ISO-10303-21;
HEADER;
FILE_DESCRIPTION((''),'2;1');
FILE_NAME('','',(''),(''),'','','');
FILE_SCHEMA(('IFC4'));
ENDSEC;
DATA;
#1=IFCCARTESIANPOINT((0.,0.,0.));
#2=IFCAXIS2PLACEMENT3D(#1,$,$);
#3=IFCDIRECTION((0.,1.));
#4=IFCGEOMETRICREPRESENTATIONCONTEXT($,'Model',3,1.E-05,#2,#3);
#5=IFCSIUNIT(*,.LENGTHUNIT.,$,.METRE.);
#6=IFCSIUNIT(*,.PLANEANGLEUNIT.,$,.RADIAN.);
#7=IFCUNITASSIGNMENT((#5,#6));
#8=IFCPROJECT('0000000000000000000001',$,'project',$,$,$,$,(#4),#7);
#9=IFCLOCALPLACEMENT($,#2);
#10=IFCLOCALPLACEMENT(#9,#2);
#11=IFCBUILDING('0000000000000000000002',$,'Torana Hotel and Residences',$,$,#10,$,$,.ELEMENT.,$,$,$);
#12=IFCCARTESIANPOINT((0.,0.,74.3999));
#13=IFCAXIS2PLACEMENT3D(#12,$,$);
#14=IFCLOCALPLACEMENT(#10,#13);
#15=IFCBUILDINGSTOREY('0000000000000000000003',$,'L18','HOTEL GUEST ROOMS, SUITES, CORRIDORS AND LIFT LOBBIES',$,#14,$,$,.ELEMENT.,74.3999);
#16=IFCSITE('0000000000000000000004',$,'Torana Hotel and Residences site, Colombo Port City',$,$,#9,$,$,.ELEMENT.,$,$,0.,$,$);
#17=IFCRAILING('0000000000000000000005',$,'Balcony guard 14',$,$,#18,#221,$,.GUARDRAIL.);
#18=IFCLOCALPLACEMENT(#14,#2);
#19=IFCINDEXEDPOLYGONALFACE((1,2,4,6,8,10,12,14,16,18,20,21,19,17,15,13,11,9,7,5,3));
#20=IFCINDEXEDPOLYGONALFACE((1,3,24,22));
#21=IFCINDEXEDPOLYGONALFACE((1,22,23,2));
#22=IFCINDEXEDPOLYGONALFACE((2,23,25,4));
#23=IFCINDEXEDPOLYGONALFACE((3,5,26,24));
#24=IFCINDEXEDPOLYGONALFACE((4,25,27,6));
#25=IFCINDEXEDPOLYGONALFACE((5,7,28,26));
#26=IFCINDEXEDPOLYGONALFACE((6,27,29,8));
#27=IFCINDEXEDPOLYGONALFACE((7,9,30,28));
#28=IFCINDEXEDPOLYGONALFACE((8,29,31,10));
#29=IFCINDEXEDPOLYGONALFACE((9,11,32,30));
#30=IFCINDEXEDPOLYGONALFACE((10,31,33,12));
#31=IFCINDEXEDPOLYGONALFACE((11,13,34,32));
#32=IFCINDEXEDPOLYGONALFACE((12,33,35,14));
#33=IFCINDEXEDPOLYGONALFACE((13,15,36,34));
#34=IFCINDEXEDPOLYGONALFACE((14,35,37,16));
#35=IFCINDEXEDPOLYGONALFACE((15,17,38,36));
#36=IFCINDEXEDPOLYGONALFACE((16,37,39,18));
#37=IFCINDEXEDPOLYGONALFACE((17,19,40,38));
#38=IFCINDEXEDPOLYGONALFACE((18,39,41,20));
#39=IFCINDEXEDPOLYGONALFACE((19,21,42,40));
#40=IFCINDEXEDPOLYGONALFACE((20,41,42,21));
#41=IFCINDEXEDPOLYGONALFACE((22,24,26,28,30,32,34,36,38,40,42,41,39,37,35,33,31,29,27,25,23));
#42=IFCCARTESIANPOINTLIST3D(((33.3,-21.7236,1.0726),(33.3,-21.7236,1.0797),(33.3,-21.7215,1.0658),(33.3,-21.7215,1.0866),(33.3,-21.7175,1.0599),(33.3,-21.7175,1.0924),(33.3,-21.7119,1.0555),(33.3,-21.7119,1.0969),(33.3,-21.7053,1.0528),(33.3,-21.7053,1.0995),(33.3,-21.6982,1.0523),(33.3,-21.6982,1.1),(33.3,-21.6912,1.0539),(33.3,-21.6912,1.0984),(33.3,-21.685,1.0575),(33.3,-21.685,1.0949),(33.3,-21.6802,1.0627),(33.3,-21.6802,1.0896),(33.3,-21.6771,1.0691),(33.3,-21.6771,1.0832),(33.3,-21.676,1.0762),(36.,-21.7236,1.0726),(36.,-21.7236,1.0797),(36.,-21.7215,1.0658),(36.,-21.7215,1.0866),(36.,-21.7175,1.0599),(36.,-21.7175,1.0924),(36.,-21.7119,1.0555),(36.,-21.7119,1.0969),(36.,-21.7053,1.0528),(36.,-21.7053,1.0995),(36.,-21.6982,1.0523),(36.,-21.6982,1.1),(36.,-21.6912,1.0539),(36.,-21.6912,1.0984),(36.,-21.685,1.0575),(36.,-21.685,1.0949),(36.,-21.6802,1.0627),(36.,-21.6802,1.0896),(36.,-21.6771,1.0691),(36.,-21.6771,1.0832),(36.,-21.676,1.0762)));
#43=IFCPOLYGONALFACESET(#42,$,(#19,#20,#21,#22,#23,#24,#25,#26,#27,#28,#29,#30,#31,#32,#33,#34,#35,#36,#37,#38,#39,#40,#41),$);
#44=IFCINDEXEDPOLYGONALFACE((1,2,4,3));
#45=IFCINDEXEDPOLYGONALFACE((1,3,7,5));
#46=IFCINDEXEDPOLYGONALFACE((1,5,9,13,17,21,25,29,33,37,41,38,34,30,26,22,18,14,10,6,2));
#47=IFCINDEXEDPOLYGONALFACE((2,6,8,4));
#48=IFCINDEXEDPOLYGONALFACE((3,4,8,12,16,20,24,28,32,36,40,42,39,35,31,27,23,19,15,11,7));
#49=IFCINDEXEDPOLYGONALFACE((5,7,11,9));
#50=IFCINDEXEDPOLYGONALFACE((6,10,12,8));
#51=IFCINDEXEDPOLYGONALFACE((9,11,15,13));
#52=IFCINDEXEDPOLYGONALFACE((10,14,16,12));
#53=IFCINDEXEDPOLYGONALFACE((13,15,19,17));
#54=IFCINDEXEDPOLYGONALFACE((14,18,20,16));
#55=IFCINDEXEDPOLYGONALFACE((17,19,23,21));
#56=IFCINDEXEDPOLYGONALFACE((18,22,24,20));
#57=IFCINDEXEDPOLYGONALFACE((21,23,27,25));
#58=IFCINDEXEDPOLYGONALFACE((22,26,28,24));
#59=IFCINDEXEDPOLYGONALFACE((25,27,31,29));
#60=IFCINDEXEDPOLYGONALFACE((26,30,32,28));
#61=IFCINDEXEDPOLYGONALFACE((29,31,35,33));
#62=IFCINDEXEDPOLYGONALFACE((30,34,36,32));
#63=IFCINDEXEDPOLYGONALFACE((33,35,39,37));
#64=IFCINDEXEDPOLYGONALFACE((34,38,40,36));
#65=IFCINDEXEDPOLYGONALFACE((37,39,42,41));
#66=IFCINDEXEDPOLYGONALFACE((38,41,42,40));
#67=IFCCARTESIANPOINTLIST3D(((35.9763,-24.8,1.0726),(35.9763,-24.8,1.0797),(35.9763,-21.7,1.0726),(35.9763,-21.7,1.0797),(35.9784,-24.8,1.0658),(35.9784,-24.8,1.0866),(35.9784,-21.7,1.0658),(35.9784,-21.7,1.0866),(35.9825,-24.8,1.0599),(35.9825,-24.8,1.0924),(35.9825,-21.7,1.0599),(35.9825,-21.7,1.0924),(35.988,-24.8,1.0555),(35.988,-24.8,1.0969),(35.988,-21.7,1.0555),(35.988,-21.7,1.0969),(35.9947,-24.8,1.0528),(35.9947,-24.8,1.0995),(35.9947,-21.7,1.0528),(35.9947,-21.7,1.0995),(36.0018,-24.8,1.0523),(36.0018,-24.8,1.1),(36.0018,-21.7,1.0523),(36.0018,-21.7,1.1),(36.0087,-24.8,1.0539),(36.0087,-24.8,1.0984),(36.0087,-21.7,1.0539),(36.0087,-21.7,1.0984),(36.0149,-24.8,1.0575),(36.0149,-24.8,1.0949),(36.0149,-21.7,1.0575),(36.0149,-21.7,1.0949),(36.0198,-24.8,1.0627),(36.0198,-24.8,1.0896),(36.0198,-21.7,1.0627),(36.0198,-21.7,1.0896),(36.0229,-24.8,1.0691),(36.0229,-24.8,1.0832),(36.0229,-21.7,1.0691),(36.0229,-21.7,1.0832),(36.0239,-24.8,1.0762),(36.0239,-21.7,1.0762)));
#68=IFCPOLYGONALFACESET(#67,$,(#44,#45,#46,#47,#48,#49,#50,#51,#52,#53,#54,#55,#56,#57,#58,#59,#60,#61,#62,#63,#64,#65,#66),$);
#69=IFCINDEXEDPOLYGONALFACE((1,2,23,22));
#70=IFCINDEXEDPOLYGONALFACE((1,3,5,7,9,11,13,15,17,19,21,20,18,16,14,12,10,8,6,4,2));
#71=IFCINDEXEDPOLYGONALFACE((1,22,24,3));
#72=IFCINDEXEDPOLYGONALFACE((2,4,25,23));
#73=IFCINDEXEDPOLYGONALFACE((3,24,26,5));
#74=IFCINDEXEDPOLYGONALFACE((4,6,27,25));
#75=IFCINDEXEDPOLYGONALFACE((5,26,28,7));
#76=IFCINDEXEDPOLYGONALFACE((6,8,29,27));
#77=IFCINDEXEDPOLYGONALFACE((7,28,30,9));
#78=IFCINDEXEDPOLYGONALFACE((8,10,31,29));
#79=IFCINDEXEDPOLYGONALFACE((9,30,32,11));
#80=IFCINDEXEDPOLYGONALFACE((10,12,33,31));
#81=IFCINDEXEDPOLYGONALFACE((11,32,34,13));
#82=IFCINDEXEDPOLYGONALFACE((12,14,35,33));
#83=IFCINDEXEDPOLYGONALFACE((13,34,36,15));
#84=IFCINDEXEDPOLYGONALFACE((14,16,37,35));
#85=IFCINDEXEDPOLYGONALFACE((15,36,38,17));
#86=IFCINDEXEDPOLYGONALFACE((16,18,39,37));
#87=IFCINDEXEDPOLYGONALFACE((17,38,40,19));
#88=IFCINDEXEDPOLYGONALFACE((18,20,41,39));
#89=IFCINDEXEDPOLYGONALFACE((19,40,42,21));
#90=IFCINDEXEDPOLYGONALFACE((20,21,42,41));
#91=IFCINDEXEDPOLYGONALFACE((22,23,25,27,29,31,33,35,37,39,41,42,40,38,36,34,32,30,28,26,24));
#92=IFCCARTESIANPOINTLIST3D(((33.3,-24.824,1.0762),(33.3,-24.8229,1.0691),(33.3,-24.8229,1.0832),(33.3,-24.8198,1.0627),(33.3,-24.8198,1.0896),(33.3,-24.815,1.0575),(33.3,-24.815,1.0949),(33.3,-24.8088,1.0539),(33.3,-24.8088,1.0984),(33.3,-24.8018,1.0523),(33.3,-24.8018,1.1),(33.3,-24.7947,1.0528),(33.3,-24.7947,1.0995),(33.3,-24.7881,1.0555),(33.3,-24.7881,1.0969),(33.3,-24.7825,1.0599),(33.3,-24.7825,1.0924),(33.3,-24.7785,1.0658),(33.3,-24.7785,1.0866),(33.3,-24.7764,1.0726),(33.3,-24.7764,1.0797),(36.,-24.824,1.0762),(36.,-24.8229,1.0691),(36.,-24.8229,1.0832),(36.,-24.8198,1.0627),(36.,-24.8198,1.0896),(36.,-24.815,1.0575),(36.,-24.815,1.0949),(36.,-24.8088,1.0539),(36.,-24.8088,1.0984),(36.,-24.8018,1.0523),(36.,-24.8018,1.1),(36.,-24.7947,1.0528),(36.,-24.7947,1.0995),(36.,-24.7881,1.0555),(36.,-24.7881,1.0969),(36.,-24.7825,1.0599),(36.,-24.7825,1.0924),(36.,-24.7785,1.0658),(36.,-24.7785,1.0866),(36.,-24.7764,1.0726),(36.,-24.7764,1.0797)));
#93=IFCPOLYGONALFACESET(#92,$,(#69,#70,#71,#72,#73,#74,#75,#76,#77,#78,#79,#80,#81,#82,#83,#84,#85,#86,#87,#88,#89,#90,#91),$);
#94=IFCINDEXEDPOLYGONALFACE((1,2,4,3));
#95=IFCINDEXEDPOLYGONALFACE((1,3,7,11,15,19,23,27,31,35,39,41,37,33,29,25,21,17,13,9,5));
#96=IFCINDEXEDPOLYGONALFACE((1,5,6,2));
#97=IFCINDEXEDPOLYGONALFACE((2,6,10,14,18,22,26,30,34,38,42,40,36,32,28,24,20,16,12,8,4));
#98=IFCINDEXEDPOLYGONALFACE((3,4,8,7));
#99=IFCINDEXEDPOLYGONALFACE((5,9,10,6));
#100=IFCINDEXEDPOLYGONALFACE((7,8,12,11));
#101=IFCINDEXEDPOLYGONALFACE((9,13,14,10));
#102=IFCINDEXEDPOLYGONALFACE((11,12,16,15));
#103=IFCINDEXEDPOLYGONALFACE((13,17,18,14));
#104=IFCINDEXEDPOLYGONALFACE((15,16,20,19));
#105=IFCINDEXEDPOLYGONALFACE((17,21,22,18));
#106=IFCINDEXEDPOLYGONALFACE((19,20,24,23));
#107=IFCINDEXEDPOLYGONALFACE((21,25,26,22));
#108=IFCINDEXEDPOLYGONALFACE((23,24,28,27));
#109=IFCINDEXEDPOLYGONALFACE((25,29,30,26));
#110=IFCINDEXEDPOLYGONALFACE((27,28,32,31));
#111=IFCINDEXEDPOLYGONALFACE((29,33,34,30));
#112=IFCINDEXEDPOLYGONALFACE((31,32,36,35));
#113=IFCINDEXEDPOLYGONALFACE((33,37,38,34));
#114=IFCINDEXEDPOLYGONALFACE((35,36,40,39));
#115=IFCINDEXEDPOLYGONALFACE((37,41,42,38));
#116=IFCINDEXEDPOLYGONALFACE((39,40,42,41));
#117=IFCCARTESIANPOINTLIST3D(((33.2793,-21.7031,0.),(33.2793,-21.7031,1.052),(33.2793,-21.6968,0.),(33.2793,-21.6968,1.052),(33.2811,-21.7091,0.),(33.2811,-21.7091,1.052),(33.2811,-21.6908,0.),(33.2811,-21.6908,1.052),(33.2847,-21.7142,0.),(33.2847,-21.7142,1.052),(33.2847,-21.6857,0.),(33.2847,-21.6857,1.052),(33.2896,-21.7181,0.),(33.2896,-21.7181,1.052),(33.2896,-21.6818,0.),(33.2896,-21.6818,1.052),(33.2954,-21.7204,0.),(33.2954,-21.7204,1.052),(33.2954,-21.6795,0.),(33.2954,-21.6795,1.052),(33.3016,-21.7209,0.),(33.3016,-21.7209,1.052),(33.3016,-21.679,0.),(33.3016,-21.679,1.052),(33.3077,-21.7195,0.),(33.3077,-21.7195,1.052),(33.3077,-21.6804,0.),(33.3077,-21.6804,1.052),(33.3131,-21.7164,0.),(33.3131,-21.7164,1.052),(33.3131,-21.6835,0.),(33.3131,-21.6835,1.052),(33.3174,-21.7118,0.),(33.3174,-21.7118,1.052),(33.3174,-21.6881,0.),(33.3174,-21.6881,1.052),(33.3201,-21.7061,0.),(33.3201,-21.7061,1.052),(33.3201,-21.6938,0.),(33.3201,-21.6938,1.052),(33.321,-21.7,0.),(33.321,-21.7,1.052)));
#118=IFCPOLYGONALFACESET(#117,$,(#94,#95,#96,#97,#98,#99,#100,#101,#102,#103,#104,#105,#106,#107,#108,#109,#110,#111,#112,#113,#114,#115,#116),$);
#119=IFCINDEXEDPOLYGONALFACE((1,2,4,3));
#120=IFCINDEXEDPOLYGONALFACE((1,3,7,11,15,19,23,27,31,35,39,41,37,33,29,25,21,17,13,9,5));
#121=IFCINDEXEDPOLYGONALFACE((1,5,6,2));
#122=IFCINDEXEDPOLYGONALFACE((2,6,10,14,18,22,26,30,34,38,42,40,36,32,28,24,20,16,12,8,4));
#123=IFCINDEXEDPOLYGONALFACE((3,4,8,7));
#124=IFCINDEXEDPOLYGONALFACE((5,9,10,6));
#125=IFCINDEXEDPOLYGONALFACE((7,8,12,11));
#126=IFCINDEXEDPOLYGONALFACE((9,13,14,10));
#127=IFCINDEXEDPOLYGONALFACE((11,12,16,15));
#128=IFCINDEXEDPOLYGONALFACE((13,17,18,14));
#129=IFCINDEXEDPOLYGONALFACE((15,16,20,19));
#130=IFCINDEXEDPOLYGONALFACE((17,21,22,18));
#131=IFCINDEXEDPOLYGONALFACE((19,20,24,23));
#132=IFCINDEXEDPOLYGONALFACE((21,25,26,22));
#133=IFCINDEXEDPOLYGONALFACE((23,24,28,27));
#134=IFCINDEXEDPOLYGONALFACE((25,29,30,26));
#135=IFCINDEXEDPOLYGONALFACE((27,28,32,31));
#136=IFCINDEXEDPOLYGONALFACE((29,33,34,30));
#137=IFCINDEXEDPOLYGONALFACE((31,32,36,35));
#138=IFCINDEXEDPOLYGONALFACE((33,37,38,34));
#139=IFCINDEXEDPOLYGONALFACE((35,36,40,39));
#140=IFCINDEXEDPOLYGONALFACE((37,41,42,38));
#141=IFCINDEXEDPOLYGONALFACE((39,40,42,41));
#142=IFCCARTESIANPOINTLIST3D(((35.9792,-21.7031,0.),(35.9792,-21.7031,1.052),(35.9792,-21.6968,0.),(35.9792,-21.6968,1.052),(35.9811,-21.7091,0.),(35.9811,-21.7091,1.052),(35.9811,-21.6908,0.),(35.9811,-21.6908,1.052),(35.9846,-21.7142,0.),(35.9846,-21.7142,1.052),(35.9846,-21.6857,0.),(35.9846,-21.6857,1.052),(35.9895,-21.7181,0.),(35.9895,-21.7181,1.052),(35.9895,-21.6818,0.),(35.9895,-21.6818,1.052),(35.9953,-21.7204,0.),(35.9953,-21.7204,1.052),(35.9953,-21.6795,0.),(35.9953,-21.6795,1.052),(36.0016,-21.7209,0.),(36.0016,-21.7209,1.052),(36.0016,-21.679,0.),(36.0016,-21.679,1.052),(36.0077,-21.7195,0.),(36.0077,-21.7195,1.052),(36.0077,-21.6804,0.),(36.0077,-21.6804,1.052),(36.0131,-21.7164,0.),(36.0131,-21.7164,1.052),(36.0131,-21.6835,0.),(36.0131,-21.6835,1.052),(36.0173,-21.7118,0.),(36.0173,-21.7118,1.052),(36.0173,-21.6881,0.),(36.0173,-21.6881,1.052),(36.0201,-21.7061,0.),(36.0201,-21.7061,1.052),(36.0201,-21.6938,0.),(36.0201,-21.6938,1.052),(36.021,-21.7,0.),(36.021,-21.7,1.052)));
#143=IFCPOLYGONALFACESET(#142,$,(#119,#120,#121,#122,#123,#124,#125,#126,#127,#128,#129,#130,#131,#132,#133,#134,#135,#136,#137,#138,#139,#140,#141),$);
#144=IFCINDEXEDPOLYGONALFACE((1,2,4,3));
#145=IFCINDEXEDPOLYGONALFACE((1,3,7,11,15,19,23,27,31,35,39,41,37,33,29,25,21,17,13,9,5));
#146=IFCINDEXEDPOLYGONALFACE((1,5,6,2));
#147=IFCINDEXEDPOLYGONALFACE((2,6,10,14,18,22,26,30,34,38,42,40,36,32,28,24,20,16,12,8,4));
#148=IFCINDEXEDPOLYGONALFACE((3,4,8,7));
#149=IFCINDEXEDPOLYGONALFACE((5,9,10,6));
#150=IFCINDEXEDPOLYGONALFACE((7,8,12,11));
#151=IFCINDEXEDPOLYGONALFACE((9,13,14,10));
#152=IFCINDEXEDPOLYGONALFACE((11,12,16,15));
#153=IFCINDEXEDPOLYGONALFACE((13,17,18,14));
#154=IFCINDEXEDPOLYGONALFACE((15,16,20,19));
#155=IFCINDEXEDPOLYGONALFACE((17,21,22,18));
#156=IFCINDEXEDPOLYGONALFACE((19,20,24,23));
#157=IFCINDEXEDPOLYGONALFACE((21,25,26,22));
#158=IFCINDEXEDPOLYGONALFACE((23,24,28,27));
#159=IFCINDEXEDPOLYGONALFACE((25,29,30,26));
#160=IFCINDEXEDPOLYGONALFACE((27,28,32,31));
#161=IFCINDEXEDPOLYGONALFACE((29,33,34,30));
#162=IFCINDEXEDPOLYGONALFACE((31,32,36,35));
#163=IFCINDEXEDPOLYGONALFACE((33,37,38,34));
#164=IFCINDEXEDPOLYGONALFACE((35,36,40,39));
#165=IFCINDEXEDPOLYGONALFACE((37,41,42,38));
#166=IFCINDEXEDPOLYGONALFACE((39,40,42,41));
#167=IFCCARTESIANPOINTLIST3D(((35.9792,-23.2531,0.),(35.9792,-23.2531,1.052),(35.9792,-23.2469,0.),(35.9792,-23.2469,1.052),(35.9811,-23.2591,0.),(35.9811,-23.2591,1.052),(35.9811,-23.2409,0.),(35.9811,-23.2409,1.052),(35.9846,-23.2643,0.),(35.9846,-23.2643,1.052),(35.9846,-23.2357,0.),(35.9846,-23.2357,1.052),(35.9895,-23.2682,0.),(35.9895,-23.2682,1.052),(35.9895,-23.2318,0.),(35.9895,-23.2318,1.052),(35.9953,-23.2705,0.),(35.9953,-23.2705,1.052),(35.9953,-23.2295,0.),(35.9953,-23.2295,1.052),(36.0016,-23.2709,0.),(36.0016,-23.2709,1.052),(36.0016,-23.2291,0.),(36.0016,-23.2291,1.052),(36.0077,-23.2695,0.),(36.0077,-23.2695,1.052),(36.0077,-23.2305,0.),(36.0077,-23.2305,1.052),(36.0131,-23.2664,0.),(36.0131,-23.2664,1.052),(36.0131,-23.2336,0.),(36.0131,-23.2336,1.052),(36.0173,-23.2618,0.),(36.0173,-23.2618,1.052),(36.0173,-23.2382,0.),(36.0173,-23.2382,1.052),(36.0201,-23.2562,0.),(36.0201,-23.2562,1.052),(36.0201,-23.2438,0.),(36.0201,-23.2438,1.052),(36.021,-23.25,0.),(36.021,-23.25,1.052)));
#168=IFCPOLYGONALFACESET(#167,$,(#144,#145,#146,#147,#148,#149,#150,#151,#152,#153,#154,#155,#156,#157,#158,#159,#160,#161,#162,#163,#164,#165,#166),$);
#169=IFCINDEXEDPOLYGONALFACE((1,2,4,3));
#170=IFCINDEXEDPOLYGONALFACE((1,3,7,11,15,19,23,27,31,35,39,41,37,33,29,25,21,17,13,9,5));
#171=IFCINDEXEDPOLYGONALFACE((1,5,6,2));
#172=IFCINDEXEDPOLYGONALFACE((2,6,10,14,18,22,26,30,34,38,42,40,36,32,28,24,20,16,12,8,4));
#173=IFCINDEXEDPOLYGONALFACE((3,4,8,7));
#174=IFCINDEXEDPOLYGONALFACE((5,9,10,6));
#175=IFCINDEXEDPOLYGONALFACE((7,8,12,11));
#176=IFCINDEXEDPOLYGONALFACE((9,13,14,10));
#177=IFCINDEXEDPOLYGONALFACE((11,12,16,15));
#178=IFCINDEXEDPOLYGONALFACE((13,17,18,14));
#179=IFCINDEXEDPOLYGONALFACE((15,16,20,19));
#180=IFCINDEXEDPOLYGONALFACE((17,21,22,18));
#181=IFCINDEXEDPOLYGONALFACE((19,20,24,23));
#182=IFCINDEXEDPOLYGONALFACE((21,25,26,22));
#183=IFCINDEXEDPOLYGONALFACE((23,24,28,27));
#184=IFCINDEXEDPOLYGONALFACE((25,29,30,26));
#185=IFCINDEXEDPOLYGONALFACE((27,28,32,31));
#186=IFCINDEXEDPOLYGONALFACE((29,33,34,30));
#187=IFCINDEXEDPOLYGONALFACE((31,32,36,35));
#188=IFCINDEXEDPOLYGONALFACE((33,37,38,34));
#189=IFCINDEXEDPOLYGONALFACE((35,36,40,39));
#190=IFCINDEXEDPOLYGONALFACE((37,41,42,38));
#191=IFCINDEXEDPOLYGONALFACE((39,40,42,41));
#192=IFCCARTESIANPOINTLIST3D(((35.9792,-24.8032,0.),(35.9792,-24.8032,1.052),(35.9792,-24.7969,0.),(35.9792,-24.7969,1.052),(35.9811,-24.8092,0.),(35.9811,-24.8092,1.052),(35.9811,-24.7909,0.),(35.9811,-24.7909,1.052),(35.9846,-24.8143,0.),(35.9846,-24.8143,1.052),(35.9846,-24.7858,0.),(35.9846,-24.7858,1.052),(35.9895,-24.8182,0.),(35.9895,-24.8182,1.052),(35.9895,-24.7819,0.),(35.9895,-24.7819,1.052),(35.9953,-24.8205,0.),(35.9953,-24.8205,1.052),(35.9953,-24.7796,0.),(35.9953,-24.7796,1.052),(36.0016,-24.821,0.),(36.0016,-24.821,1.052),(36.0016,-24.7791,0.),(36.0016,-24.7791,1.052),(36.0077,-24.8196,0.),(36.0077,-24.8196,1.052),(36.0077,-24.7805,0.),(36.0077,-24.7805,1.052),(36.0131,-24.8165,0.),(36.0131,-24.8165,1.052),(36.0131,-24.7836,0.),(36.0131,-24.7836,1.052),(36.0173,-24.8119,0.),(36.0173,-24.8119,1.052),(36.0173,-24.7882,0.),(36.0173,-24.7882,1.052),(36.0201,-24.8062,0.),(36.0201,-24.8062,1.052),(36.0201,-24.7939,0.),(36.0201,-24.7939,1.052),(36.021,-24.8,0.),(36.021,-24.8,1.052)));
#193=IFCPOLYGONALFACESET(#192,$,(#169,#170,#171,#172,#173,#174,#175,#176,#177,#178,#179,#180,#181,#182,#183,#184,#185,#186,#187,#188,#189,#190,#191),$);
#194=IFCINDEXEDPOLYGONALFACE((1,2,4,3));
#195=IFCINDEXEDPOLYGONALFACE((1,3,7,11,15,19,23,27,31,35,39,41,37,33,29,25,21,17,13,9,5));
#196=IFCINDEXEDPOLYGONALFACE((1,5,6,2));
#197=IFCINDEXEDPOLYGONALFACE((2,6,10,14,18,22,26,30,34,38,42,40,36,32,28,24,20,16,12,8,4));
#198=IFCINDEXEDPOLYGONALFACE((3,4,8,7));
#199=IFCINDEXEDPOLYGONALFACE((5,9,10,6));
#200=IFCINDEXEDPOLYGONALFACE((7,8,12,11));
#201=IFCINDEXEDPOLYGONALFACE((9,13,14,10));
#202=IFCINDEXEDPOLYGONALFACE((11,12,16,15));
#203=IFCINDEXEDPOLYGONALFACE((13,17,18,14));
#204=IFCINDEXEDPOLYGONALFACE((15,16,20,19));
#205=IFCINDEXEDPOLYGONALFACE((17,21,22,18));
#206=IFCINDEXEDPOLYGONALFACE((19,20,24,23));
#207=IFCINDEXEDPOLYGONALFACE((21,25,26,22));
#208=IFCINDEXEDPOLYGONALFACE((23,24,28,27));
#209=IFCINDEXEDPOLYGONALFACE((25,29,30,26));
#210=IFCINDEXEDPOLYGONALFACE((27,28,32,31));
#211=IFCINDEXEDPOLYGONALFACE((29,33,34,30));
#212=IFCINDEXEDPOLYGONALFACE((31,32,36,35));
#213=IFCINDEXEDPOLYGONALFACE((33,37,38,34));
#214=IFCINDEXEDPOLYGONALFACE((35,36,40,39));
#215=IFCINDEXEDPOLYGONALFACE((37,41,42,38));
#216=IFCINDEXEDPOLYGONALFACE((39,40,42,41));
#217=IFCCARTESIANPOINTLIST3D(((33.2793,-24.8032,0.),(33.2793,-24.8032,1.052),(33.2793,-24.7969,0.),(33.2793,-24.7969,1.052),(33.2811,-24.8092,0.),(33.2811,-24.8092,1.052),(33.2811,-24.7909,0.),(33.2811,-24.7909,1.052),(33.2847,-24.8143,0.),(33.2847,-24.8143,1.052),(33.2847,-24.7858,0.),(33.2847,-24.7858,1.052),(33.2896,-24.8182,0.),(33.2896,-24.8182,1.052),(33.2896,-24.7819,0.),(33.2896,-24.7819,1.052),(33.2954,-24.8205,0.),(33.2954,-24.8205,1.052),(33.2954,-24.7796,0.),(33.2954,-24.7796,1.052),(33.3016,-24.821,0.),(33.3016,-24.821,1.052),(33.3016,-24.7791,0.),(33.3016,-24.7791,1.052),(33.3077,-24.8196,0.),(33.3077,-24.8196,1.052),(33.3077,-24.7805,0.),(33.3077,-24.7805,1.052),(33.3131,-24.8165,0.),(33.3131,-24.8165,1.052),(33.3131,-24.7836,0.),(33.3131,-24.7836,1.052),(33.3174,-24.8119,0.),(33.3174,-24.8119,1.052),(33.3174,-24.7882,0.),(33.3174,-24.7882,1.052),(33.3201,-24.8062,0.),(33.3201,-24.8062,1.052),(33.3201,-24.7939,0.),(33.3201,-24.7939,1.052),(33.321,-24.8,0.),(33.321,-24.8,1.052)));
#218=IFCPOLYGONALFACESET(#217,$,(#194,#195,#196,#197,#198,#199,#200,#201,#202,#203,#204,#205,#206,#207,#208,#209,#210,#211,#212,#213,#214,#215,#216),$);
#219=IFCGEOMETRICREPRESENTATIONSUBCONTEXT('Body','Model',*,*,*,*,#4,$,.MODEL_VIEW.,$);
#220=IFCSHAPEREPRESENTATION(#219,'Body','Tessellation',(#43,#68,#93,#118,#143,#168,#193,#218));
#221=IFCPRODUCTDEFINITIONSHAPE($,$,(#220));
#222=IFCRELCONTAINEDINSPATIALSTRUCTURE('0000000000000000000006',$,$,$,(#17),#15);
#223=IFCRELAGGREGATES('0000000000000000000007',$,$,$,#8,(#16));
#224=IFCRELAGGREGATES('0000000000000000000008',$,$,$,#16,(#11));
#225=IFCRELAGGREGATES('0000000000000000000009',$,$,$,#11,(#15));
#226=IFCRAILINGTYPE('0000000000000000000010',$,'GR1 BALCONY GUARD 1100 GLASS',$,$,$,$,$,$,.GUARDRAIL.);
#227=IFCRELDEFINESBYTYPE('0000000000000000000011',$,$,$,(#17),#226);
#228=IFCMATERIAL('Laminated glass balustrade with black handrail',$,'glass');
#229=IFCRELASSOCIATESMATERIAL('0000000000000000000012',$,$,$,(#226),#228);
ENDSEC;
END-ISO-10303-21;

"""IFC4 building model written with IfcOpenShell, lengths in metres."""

from ifc_helpers import new_model, si_unit, direction, frame, origin, origin_2d, place, context, subcontext, project, spatial, circle, extrude, material, type_object, element, save


model = new_model("IFC4")

# Units and contexts
model_context = context("Model", 3, precision=1e-05, world=origin(), true_north=direction((0.0, 1.0)))
body_context = subcontext(model_context, "Body", "Model", "MODEL_VIEW")
ifc_project = project(units=[si_unit("LENGTHUNIT", "METRE"), si_unit("PLANEANGLEUNIT", "RADIAN")], contexts=[model_context])

# Site, building, storey
site_placement = place(None, origin())
site = spatial("IfcSite", under=ifc_project, at=site_placement, Name="Torana Hotel and Residences site, Colombo Port City", CompositionType="ELEMENT", RefElevation=0.0)
building_placement = place(site_placement, origin())
building = spatial("IfcBuilding", under=site, at=building_placement, Name="Torana Hotel and Residences", CompositionType="ELEMENT")
storey_placement = place(building_placement, frame((0.0, 0.0, 74.3999)))
storey = spatial("IfcBuildingStorey", under=building, at=storey_placement, Name="L18", Description="HOTEL GUEST ROOMS, SUITES, CORRIDORS AND LIFT LOBBIES", CompositionType="ELEMENT", Elevation=74.3999)

# Railing
ifc_material_1 = material(Name="Laminated glass balustrade with black handrail", Category="glass")
railing_type = type_object("IfcRailingType", Name="GR1 BALCONY GUARD 1100 GLASS", PredefinedType="GUARDRAIL", material=ifc_material_1)
railing_1_placement = place(storey_placement, frame((33.3, -21.7, 0.0)))
element("IfcRailing", 1, at=railing_1_placement, inside=storey, type_object=railing_type, Name="Balcony guard 14", PredefinedType="GUARDRAIL", context=body_context, shape_type="SweptSolid", body=[
    extrude(circle(Radius=0.0239, at=origin_2d()), frame((0.0, 0.0, 1.0762), z_axis=(1.0, 0.0, 0.0), x_axis=(0.0, 1.0, 0.0)), (0.0, 0.0, 1.0), 2.7),
    extrude(circle(Radius=0.0239, at=origin_2d()), frame((2.7, 0.0, 1.0762), z_axis=(0.0, -1.0, 0.0), x_axis=(1.0, 0.0, 0.0)), (0.0, 0.0, 1.0), 3.1001),
    extrude(circle(Radius=0.0239, at=origin_2d()), frame((2.7, -3.1001, 1.0762), z_axis=(-1.0, 0.0, 0.0), x_axis=(0.0, -1.0, 0.0)), (0.0, 0.0, 1.0), 2.7),
    extrude(circle(Radius=0.021, at=origin_2d()), origin(), (0.0, 0.0, 1.0), 1.052),
    extrude(circle(Radius=0.021, at=origin_2d()), frame((2.7, 0.0, 0.0)), (0.0, 0.0, 1.0), 1.052),
    extrude(circle(Radius=0.021, at=origin_2d()), frame((2.7, -1.55, 0.0)), (0.0, 0.0, 1.0), 1.052),
    extrude(circle(Radius=0.021, at=origin_2d()), frame((2.7, -3.1001, 0.0)), (0.0, 0.0, 1.0), 1.052),
    extrude(circle(Radius=0.021, at=origin_2d()), frame((0.0, -3.1001, 0.0)), (0.0, 0.0, 1.0), 1.052),
])

save(model, "model.ifc")
